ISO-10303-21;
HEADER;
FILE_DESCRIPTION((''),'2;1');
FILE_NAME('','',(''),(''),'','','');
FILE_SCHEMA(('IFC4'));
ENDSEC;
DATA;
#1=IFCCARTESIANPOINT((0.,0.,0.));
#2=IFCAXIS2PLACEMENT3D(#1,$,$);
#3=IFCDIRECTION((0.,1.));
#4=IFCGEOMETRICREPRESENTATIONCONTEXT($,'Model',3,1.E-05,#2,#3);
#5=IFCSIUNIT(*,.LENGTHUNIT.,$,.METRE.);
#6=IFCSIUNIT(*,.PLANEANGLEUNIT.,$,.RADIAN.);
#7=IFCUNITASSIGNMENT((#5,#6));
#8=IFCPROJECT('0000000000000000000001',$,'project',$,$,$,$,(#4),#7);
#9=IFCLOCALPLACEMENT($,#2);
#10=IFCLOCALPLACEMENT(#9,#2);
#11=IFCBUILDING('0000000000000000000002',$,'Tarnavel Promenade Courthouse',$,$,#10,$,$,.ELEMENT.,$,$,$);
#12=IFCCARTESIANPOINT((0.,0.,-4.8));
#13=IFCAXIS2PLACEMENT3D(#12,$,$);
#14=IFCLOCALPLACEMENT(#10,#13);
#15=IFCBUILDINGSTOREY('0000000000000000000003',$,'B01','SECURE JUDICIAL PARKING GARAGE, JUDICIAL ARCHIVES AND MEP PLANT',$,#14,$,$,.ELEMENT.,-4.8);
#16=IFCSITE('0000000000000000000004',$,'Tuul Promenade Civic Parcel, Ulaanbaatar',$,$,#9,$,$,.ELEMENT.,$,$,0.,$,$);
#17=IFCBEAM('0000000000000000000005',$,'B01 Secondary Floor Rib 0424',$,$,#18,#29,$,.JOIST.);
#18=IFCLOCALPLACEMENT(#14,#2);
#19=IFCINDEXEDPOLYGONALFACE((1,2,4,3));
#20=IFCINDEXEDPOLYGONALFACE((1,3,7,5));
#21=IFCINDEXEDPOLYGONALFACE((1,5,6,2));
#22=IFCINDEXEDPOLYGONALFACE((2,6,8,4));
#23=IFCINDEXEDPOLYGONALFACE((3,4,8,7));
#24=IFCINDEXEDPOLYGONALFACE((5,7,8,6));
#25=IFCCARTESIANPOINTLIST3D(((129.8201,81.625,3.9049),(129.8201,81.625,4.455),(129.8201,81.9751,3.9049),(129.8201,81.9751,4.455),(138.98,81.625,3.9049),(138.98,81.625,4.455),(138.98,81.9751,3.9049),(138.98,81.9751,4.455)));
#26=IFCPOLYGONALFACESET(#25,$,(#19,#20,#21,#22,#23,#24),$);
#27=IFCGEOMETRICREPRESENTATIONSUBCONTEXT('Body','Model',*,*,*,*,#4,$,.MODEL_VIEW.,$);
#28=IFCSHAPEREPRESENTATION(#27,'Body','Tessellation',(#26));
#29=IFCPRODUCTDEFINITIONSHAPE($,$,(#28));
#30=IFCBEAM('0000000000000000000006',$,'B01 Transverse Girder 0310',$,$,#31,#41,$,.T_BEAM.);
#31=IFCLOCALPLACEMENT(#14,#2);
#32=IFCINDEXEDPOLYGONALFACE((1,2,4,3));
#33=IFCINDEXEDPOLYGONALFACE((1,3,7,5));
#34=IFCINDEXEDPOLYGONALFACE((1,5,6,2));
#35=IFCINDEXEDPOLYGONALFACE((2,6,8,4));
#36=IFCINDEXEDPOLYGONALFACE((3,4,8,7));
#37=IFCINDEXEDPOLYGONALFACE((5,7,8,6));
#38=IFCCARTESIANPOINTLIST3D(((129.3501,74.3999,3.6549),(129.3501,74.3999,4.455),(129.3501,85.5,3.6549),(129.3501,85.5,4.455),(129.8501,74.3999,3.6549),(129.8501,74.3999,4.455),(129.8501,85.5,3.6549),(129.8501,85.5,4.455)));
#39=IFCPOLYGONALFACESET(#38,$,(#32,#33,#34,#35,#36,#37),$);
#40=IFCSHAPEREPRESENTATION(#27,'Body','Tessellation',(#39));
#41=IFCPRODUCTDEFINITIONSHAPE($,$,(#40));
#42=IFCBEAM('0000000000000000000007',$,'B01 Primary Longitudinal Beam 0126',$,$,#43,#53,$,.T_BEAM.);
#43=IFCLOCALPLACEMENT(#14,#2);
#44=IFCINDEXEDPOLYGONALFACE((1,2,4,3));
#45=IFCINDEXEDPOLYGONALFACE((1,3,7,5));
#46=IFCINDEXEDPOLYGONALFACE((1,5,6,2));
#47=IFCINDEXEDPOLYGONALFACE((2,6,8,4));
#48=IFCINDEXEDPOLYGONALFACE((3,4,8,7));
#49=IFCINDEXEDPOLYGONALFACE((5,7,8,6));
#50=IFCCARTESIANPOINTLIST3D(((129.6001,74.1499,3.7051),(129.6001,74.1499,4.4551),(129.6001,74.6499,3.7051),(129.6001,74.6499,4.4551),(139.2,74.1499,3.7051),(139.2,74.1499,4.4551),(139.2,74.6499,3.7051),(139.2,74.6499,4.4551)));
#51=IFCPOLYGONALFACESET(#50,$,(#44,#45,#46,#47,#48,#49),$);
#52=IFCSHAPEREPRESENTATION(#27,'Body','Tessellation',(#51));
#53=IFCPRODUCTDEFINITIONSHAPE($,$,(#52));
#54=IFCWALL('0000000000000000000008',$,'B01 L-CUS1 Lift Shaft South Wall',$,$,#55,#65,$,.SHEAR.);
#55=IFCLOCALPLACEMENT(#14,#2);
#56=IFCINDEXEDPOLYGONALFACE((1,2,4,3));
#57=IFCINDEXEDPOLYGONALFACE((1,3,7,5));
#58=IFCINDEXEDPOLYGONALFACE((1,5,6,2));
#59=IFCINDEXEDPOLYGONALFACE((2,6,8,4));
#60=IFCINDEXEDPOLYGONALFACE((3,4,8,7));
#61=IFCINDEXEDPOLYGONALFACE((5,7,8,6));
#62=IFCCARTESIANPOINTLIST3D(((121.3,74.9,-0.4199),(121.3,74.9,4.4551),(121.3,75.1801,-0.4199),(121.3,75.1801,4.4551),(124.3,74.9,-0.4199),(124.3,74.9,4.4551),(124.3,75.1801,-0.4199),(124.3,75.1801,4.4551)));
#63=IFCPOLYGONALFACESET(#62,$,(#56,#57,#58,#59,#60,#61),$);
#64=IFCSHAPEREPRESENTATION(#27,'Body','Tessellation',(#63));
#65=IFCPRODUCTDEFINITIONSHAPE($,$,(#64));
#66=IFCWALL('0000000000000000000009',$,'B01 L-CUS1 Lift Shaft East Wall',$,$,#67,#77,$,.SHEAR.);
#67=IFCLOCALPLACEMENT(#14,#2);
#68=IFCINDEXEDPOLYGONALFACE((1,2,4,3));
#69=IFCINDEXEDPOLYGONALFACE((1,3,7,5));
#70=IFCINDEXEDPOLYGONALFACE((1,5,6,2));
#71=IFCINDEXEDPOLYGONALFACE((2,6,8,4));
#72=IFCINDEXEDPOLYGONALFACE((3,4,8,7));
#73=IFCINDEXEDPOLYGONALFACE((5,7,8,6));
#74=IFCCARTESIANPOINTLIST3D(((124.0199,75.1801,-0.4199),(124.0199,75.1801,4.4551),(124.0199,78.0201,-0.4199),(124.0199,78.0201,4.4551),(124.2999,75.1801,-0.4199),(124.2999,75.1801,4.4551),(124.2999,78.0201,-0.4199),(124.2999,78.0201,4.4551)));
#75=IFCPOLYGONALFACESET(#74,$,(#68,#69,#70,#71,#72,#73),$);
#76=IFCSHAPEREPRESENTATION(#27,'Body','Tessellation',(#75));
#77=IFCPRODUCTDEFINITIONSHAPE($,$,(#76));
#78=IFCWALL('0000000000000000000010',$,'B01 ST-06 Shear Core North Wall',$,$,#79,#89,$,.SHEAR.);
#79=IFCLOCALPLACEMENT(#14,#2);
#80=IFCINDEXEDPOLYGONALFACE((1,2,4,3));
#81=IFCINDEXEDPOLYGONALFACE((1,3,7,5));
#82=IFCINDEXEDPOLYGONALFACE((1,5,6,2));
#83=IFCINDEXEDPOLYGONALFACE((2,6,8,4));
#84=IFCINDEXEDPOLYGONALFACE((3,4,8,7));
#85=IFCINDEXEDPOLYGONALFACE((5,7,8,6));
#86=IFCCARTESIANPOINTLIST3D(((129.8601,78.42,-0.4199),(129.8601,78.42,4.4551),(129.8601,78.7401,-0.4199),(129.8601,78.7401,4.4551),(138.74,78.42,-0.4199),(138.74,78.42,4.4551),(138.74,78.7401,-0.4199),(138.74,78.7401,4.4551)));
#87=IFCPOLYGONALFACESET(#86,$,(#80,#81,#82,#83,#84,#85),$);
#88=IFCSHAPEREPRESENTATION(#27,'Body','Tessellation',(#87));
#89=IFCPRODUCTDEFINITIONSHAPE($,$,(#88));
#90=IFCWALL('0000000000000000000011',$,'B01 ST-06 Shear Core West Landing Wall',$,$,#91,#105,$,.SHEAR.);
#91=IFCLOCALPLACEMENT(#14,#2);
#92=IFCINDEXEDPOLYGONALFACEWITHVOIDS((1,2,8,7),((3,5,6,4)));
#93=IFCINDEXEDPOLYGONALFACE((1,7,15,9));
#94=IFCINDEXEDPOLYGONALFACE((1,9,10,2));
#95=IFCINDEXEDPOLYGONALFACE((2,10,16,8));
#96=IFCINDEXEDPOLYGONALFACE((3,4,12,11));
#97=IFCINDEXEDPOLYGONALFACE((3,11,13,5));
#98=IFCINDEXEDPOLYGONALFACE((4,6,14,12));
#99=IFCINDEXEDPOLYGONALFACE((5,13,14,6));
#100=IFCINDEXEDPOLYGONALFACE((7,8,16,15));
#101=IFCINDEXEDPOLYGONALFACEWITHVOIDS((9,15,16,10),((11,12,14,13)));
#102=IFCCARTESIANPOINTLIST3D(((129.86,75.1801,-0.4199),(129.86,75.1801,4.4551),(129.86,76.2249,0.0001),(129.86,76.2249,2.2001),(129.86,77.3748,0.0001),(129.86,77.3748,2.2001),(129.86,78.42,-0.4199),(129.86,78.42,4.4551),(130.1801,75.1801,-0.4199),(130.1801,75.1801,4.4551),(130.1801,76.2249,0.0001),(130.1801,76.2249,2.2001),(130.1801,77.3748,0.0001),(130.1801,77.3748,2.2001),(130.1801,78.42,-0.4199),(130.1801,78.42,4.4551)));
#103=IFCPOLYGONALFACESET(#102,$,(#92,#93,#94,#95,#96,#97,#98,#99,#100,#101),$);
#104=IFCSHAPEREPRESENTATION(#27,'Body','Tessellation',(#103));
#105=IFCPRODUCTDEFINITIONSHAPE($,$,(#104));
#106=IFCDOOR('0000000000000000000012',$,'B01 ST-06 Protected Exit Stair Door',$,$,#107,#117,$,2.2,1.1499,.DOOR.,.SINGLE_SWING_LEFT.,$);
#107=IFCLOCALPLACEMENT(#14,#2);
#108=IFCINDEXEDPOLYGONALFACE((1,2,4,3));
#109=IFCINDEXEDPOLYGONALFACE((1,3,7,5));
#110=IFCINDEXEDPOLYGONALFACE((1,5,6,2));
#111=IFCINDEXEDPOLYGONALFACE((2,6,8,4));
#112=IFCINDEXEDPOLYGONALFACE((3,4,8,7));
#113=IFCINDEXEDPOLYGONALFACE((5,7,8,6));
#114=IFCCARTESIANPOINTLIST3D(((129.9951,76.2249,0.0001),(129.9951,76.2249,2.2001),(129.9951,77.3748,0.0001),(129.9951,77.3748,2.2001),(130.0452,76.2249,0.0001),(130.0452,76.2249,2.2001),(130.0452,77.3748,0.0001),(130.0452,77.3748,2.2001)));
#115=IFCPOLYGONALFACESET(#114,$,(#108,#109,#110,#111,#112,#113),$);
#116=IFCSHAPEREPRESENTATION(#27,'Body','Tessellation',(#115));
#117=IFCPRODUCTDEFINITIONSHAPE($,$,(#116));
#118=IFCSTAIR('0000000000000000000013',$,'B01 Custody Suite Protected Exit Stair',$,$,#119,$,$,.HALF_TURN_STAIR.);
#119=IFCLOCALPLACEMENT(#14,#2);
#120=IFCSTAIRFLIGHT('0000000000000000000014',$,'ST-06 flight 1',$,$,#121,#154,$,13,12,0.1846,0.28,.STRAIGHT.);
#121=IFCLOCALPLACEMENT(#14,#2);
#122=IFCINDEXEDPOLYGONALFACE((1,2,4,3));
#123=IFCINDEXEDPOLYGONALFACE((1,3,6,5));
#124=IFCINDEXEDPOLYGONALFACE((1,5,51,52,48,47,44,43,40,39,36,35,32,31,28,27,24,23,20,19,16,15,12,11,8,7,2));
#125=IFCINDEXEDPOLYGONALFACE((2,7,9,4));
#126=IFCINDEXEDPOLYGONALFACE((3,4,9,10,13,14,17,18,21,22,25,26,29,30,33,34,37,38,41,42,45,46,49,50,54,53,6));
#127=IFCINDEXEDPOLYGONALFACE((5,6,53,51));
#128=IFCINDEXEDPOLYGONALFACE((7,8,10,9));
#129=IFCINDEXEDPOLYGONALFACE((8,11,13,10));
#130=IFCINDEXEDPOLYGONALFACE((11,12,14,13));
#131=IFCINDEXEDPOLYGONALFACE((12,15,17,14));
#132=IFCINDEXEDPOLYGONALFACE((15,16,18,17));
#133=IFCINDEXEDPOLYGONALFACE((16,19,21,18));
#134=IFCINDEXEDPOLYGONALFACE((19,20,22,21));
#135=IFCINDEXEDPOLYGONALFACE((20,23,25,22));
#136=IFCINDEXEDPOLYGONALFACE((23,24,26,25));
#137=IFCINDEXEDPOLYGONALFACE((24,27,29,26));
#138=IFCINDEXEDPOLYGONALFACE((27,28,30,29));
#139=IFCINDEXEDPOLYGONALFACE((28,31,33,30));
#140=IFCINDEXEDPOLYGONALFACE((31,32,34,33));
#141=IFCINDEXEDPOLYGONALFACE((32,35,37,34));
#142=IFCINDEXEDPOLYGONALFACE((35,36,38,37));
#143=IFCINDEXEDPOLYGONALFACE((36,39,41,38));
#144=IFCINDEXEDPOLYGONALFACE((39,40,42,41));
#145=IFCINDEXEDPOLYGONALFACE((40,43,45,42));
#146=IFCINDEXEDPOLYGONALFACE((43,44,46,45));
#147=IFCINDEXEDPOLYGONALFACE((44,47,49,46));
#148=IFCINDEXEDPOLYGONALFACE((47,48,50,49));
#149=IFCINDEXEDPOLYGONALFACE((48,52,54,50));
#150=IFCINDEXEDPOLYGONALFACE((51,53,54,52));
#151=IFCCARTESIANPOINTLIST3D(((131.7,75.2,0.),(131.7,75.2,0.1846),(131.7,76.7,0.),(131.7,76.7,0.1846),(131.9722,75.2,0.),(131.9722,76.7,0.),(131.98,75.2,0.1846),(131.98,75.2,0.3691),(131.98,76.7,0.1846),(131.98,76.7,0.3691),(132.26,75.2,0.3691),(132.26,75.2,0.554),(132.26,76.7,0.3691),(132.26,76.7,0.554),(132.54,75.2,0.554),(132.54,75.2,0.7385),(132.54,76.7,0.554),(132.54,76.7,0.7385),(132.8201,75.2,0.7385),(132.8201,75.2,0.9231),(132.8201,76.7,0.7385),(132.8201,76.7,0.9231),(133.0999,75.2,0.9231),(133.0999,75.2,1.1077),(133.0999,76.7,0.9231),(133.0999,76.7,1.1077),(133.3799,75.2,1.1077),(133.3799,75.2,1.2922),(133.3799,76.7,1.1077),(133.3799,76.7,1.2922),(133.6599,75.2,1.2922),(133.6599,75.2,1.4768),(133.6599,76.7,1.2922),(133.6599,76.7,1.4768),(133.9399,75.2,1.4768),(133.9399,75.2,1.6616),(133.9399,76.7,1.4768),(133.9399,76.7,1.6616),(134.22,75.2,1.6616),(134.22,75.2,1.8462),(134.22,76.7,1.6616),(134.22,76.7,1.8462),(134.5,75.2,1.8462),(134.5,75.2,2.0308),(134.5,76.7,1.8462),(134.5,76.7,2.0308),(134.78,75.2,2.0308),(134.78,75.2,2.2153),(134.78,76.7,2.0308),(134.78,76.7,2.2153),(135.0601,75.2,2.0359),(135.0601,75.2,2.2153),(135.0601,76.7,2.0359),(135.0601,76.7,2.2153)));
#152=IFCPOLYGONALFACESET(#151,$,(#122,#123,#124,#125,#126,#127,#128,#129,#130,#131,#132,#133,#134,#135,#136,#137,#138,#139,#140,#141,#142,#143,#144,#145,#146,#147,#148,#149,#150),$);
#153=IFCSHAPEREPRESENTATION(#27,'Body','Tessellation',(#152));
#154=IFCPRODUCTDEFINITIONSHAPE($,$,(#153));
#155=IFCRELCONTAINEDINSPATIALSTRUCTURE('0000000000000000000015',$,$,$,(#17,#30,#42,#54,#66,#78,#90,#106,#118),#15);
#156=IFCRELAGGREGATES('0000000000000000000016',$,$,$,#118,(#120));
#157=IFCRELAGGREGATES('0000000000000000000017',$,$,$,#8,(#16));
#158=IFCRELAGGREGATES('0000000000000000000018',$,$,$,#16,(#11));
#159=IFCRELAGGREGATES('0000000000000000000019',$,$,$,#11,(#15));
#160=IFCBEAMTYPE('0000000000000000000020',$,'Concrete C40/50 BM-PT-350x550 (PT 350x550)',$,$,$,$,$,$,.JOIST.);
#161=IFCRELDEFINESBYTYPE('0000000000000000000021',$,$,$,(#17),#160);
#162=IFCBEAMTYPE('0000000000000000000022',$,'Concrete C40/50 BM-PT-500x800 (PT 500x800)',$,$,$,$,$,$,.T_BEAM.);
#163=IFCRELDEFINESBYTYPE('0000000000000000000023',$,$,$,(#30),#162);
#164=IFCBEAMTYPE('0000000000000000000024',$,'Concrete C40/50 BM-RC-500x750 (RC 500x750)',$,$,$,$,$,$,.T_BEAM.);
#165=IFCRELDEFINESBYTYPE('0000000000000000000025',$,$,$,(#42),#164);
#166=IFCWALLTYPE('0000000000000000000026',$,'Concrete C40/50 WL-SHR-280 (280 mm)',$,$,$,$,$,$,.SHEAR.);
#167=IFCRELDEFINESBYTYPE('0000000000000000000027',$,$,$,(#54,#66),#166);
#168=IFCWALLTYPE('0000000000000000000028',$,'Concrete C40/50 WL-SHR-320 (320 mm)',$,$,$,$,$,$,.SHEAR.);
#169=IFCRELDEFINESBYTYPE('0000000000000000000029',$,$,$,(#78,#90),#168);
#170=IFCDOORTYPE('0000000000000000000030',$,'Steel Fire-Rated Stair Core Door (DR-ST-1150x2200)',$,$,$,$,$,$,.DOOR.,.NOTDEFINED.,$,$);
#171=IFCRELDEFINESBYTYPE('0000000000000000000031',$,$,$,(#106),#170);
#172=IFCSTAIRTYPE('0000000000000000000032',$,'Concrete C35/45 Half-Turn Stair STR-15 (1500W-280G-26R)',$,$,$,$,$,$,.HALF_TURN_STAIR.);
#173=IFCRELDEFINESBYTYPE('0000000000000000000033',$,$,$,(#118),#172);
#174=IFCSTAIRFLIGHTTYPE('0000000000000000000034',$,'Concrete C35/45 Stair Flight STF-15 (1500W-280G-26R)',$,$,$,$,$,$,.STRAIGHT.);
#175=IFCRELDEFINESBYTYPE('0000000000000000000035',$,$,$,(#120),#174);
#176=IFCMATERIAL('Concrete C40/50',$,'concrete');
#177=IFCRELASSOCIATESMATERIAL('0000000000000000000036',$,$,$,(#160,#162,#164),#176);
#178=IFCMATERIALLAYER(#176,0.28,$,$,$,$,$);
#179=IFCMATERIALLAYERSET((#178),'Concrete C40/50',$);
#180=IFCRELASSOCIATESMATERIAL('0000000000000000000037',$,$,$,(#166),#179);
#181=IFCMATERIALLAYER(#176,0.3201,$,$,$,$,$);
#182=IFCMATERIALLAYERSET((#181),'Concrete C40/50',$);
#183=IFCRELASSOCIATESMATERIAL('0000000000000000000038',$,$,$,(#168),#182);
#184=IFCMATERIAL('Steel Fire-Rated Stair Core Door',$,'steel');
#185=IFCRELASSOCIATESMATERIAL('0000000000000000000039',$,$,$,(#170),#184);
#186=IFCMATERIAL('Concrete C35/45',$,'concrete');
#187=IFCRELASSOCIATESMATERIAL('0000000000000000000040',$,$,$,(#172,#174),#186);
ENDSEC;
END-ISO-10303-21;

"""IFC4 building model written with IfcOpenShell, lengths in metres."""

from ifc_helpers import new_model, si_unit, direction, frame, frame_2d, origin, origin_2d, place, context, subcontext, project, spatial, polyline, rectangle, outline, extrude, material, layer, layer_set, material_profile, profile_set, type_object, element, fill, aggregate, save


model = new_model("IFC4")

# Units and contexts
model_context = context("Model", 3, precision=1e-05, world=origin(), true_north=direction((0.0, 1.0)))
body_context = subcontext(model_context, "Body", "Model", "MODEL_VIEW")
ifc_project = project(units=[si_unit("LENGTHUNIT", "METRE"), si_unit("PLANEANGLEUNIT", "RADIAN")], contexts=[model_context])

# Site, building, storey
site_placement = place(None, origin())
site = spatial("IfcSite", under=ifc_project, at=site_placement, Name="Tuul Promenade Civic Parcel, Ulaanbaatar", CompositionType="ELEMENT", RefElevation=0.0)
building_placement = place(site_placement, origin())
building = spatial("IfcBuilding", under=site, at=building_placement, Name="Tarnavel Promenade Courthouse", CompositionType="ELEMENT")
storey_placement = place(building_placement, frame((0.0, 0.0, -4.8)))
storey = spatial("IfcBuildingStorey", under=building, at=storey_placement, Name="B01", Description="SECURE JUDICIAL PARKING GARAGE, JUDICIAL ARCHIVES AND MEP PLANT", CompositionType="ELEMENT", Elevation=-4.8)

# Shared definitions
ifc_material_1 = material(Name="Concrete C35/45", Category="concrete")

# Shared definitions
ifc_material_2 = material(Name="Concrete C40/50", Category="concrete")

# Beams
ifc_material_profile_1 = material_profile(ifc_material_2, rectangle(XDim=0.3501, YDim=0.55, at=origin_2d()), Name="PT 350x550")
ifc_profile_set_1 = profile_set([ifc_material_profile_1], Name="Concrete C40/50")
beam_type_1 = type_object("IfcBeamType", Name="Concrete C40/50 BM-PT-350x550 (PT 350x550)", PredefinedType="JOIST", material=ifc_profile_set_1)
beam_1_placement = place(storey_placement, frame((129.8201, 81.8, 4.1799), z_axis=(1.0, 0.0, 0.0), x_axis=(0.0, 1.0, 0.0)))
element("IfcBeam", 1, at=beam_1_placement, inside=storey, type_object=beam_type_1, Name="B01 Secondary Floor Rib 0424", PredefinedType="JOIST", context=body_context, shape_type="SweptSolid", body=[
    extrude(rectangle(XDim=0.3501, YDim=0.55, at=origin_2d()), origin(), (0.0, 0.0, 1.0), 9.1599),
])
ifc_material_profile_2 = material_profile(ifc_material_2, rectangle(XDim=0.5, YDim=0.8, at=origin_2d()), Name="PT 500x800")
ifc_profile_set_2 = profile_set([ifc_material_profile_2], Name="Concrete C40/50")
beam_type_2 = type_object("IfcBeamType", Name="Concrete C40/50 BM-PT-500x800 (PT 500x800)", PredefinedType="T_BEAM", material=ifc_profile_set_2)
beam_2_placement = place(storey_placement, frame((129.6001, 74.3999, 4.0549), z_axis=(0.0, 1.0, 0.0), x_axis=(-1.0, 0.0, 0.0)))
element("IfcBeam", 2, at=beam_2_placement, inside=storey, type_object=beam_type_2, Name="B01 Transverse Girder 0310", PredefinedType="T_BEAM", context=body_context, shape_type="SweptSolid", body=[
    extrude(rectangle(XDim=0.5, YDim=0.8, at=origin_2d()), origin(), (0.0, 0.0, 1.0), 11.1001),
])
ifc_material_profile_3 = material_profile(ifc_material_2, rectangle(XDim=0.5, YDim=0.75, at=origin_2d()), Name="RC 500x750")
ifc_profile_set_3 = profile_set([ifc_material_profile_3], Name="Concrete C40/50")
beam_type_3 = type_object("IfcBeamType", Name="Concrete C40/50 BM-RC-500x750 (RC 500x750)", PredefinedType="T_BEAM", material=ifc_profile_set_3)
beam_3_placement = place(storey_placement, frame((129.6001, 74.3999, 4.0801), z_axis=(1.0, 0.0, 0.0), x_axis=(0.0, 1.0, 0.0)))
element("IfcBeam", 3, at=beam_3_placement, inside=storey, type_object=beam_type_3, Name="B01 Primary Longitudinal Beam 0126", PredefinedType="T_BEAM", context=body_context, shape_type="SweptSolid", body=[
    extrude(rectangle(XDim=0.5, YDim=0.75, at=origin_2d()), origin(), (0.0, 0.0, 1.0), 9.5999),
])

# Walls
ifc_layer_1 = layer(ifc_material_2, 0.28)
ifc_layer_set_1 = layer_set([ifc_layer_1], Name="Concrete C40/50")
wall_type_1 = type_object("IfcWallType", Name="Concrete C40/50 WL-SHR-280 (280 mm)", PredefinedType="SHEAR", material=ifc_layer_set_1)
wall_1_placement = place(storey_placement, frame((124.3, 75.04, -0.4199), z_axis=(0.0, 0.0, 1.0), x_axis=(-1.0, 0.0, 0.0)))
element("IfcWall", 4, at=wall_1_placement, inside=storey, type_object=wall_type_1, Name="B01 L-CUS1 Lift Shaft South Wall", PredefinedType="SHEAR", context=body_context, shape_type="SweptSolid", body=[
    extrude(rectangle(XDim=3.0, YDim=0.28, at=frame_2d((1.5, 0.0))), origin(), (0.0, 0.0, 1.0), 4.875),
])
wall_2_placement = place(storey_placement, frame((124.1599, 78.02, -0.4199), z_axis=(0.0, 0.0, 1.0), x_axis=(0.0, -1.0, 0.0)))
element("IfcWall", 5, at=wall_2_placement, inside=storey, type_object=wall_type_1, Name="B01 L-CUS1 Lift Shaft East Wall", PredefinedType="SHEAR", context=body_context, shape_type="SweptSolid", body=[
    extrude(rectangle(XDim=2.8401, YDim=0.28, at=frame_2d((1.4199, 0.0))), origin(), (0.0, 0.0, 1.0), 4.875),
])
ifc_layer_2 = layer(ifc_material_2, 0.3201)
ifc_layer_set_2 = layer_set([ifc_layer_2], Name="Concrete C40/50")
wall_type_2 = type_object("IfcWallType", Name="Concrete C40/50 WL-SHR-320 (320 mm)", PredefinedType="SHEAR", material=ifc_layer_set_2)
wall_3_placement = place(storey_placement, frame((129.8601, 78.5801, -0.4199), z_axis=(0.0, 0.0, 1.0), x_axis=(1.0, 0.0, 0.0)))
element("IfcWall", 6, at=wall_3_placement, inside=storey, type_object=wall_type_2, Name="B01 ST-06 Shear Core North Wall", PredefinedType="SHEAR", context=body_context, shape_type="SweptSolid", body=[
    extrude(rectangle(XDim=8.8799, YDim=0.3201, at=frame_2d((4.4399, 0.0))), origin(), (0.0, 0.0, 1.0), 4.875),
])

# Wall, opening, door
wall_4_placement = place(storey_placement, frame((130.02, 75.1799, -0.4199), z_axis=(0.0, 0.0, 1.0), x_axis=(0.0, 1.0, 0.0)))
wall_4 = element("IfcWall", 7, at=wall_4_placement, inside=storey, type_object=wall_type_2, Name="B01 ST-06 Shear Core West Landing Wall", PredefinedType="SHEAR", context=body_context, shape_type="SweptSolid", body=[
    extrude(rectangle(XDim=3.24, YDim=0.3201, at=frame_2d((1.6201, 0.0))), origin(), (0.0, 0.0, 1.0), 4.875),
])
opening_placement = place(wall_4_placement, frame((1.0449, 0.0, 0.4199)))
opening = element("IfcOpeningElement", 8, at=opening_placement, cuts=wall_4, PredefinedType="OPENING", context=body_context, shape_type="SweptSolid", body=[
    extrude(rectangle(XDim=1.1499, YDim=2.2, at=frame_2d((0.575, 1.1001))), frame((0.0, 0.1699, 0.0), z_axis=(0.0, -1.0, 0.0), x_axis=(1.0, 0.0, 0.0)), (0.0, 0.0, 1.0), 0.3401),
])
ifc_material_3 = material(Name="Steel Fire-Rated Stair Core Door", Category="steel")
door_type = type_object("IfcDoorType", Name="Steel Fire-Rated Stair Core Door (DR-ST-1150x2200)", OperationType="NOTDEFINED", PredefinedType="DOOR", material=ifc_material_3)
door_placement = place(opening_placement, origin())
door = element("IfcDoor", 9, at=door_placement, inside=storey, type_object=door_type, Name="B01 ST-06 Protected Exit Stair Door", OperationType="SINGLE_SWING_LEFT", OverallHeight=2.2, OverallWidth=1.1499, PredefinedType="DOOR", context=body_context, shape_type="SweptSolid", body=[
    extrude(rectangle(XDim=1.1499, YDim=2.2, at=frame_2d((0.575, 1.1001))), frame((0.0, 0.0249, 0.0), z_axis=(0.0, -1.0, 0.0), x_axis=(1.0, 0.0, 0.0)), (0.0, 0.0, 1.0), 0.05),
])
fill(opening, door)

# Stair, stair flight
stair_type = type_object("IfcStairType", Name="Concrete C35/45 Half-Turn Stair STR-15 (1500W-280G-26R)", PredefinedType="HALF_TURN_STAIR", material=ifc_material_1)
stair_placement = place(storey_placement, origin())
stair = element("IfcStair", 10, at=stair_placement, inside=storey, type_object=stair_type, Name="B01 Custody Suite Protected Exit Stair", PredefinedType="HALF_TURN_STAIR")
stair_flight_type = type_object("IfcStairFlightType", Name="Concrete C35/45 Stair Flight STF-15 (1500W-280G-26R)", PredefinedType="STRAIGHT", material=ifc_material_1)
stair_flight_placement = place(storey_placement, frame((131.7, 75.95, 0.0), z_axis=(0.0, 0.0, 1.0), x_axis=(1.0, 0.0, 0.0)))
stair_flight = element("IfcStairFlight", 11, at=stair_flight_placement, type_object=stair_flight_type, Name="ST-06 flight 1", NumberOfRisers=13, NumberOfTreads=12, PredefinedType="STRAIGHT", RiserHeight=0.1846, TreadLength=0.28, context=body_context, shape_type="SweptSolid", body=[
    extrude(outline(polyline([(0.0, 0.0), (0.0, 0.1846), (0.28, 0.1846), (0.28, 0.3691), (0.5601, 0.3691), (0.5601, 0.554), (0.8401, 0.554), (0.8401, 0.7385), (1.1201, 0.7385), (1.1201, 0.9231), (1.3999, 0.9231), (1.3999, 1.1077), (1.6799, 1.1077), (1.6799, 1.2922), (1.96, 1.2922), (1.96, 1.4768), (2.24, 1.4768), (2.24, 1.6616), (2.52, 1.6616), (2.52, 1.8462), (2.8, 1.8462), (2.8, 2.0308), (3.0801, 2.0308), (3.0801, 2.2153), (3.3601, 2.2153), (3.3601, 2.3999), (3.3601, 2.0359), (0.2722, 0.0), (0.0, 0.0)])), frame((0.0, 0.75, 0.0), z_axis=(0.0, -1.0, 0.0), x_axis=(1.0, 0.0, 0.0)), (0.0, 0.0, 1.0), 1.5),
])
aggregate(stair, [stair_flight])

save(model, "model.ifc")
